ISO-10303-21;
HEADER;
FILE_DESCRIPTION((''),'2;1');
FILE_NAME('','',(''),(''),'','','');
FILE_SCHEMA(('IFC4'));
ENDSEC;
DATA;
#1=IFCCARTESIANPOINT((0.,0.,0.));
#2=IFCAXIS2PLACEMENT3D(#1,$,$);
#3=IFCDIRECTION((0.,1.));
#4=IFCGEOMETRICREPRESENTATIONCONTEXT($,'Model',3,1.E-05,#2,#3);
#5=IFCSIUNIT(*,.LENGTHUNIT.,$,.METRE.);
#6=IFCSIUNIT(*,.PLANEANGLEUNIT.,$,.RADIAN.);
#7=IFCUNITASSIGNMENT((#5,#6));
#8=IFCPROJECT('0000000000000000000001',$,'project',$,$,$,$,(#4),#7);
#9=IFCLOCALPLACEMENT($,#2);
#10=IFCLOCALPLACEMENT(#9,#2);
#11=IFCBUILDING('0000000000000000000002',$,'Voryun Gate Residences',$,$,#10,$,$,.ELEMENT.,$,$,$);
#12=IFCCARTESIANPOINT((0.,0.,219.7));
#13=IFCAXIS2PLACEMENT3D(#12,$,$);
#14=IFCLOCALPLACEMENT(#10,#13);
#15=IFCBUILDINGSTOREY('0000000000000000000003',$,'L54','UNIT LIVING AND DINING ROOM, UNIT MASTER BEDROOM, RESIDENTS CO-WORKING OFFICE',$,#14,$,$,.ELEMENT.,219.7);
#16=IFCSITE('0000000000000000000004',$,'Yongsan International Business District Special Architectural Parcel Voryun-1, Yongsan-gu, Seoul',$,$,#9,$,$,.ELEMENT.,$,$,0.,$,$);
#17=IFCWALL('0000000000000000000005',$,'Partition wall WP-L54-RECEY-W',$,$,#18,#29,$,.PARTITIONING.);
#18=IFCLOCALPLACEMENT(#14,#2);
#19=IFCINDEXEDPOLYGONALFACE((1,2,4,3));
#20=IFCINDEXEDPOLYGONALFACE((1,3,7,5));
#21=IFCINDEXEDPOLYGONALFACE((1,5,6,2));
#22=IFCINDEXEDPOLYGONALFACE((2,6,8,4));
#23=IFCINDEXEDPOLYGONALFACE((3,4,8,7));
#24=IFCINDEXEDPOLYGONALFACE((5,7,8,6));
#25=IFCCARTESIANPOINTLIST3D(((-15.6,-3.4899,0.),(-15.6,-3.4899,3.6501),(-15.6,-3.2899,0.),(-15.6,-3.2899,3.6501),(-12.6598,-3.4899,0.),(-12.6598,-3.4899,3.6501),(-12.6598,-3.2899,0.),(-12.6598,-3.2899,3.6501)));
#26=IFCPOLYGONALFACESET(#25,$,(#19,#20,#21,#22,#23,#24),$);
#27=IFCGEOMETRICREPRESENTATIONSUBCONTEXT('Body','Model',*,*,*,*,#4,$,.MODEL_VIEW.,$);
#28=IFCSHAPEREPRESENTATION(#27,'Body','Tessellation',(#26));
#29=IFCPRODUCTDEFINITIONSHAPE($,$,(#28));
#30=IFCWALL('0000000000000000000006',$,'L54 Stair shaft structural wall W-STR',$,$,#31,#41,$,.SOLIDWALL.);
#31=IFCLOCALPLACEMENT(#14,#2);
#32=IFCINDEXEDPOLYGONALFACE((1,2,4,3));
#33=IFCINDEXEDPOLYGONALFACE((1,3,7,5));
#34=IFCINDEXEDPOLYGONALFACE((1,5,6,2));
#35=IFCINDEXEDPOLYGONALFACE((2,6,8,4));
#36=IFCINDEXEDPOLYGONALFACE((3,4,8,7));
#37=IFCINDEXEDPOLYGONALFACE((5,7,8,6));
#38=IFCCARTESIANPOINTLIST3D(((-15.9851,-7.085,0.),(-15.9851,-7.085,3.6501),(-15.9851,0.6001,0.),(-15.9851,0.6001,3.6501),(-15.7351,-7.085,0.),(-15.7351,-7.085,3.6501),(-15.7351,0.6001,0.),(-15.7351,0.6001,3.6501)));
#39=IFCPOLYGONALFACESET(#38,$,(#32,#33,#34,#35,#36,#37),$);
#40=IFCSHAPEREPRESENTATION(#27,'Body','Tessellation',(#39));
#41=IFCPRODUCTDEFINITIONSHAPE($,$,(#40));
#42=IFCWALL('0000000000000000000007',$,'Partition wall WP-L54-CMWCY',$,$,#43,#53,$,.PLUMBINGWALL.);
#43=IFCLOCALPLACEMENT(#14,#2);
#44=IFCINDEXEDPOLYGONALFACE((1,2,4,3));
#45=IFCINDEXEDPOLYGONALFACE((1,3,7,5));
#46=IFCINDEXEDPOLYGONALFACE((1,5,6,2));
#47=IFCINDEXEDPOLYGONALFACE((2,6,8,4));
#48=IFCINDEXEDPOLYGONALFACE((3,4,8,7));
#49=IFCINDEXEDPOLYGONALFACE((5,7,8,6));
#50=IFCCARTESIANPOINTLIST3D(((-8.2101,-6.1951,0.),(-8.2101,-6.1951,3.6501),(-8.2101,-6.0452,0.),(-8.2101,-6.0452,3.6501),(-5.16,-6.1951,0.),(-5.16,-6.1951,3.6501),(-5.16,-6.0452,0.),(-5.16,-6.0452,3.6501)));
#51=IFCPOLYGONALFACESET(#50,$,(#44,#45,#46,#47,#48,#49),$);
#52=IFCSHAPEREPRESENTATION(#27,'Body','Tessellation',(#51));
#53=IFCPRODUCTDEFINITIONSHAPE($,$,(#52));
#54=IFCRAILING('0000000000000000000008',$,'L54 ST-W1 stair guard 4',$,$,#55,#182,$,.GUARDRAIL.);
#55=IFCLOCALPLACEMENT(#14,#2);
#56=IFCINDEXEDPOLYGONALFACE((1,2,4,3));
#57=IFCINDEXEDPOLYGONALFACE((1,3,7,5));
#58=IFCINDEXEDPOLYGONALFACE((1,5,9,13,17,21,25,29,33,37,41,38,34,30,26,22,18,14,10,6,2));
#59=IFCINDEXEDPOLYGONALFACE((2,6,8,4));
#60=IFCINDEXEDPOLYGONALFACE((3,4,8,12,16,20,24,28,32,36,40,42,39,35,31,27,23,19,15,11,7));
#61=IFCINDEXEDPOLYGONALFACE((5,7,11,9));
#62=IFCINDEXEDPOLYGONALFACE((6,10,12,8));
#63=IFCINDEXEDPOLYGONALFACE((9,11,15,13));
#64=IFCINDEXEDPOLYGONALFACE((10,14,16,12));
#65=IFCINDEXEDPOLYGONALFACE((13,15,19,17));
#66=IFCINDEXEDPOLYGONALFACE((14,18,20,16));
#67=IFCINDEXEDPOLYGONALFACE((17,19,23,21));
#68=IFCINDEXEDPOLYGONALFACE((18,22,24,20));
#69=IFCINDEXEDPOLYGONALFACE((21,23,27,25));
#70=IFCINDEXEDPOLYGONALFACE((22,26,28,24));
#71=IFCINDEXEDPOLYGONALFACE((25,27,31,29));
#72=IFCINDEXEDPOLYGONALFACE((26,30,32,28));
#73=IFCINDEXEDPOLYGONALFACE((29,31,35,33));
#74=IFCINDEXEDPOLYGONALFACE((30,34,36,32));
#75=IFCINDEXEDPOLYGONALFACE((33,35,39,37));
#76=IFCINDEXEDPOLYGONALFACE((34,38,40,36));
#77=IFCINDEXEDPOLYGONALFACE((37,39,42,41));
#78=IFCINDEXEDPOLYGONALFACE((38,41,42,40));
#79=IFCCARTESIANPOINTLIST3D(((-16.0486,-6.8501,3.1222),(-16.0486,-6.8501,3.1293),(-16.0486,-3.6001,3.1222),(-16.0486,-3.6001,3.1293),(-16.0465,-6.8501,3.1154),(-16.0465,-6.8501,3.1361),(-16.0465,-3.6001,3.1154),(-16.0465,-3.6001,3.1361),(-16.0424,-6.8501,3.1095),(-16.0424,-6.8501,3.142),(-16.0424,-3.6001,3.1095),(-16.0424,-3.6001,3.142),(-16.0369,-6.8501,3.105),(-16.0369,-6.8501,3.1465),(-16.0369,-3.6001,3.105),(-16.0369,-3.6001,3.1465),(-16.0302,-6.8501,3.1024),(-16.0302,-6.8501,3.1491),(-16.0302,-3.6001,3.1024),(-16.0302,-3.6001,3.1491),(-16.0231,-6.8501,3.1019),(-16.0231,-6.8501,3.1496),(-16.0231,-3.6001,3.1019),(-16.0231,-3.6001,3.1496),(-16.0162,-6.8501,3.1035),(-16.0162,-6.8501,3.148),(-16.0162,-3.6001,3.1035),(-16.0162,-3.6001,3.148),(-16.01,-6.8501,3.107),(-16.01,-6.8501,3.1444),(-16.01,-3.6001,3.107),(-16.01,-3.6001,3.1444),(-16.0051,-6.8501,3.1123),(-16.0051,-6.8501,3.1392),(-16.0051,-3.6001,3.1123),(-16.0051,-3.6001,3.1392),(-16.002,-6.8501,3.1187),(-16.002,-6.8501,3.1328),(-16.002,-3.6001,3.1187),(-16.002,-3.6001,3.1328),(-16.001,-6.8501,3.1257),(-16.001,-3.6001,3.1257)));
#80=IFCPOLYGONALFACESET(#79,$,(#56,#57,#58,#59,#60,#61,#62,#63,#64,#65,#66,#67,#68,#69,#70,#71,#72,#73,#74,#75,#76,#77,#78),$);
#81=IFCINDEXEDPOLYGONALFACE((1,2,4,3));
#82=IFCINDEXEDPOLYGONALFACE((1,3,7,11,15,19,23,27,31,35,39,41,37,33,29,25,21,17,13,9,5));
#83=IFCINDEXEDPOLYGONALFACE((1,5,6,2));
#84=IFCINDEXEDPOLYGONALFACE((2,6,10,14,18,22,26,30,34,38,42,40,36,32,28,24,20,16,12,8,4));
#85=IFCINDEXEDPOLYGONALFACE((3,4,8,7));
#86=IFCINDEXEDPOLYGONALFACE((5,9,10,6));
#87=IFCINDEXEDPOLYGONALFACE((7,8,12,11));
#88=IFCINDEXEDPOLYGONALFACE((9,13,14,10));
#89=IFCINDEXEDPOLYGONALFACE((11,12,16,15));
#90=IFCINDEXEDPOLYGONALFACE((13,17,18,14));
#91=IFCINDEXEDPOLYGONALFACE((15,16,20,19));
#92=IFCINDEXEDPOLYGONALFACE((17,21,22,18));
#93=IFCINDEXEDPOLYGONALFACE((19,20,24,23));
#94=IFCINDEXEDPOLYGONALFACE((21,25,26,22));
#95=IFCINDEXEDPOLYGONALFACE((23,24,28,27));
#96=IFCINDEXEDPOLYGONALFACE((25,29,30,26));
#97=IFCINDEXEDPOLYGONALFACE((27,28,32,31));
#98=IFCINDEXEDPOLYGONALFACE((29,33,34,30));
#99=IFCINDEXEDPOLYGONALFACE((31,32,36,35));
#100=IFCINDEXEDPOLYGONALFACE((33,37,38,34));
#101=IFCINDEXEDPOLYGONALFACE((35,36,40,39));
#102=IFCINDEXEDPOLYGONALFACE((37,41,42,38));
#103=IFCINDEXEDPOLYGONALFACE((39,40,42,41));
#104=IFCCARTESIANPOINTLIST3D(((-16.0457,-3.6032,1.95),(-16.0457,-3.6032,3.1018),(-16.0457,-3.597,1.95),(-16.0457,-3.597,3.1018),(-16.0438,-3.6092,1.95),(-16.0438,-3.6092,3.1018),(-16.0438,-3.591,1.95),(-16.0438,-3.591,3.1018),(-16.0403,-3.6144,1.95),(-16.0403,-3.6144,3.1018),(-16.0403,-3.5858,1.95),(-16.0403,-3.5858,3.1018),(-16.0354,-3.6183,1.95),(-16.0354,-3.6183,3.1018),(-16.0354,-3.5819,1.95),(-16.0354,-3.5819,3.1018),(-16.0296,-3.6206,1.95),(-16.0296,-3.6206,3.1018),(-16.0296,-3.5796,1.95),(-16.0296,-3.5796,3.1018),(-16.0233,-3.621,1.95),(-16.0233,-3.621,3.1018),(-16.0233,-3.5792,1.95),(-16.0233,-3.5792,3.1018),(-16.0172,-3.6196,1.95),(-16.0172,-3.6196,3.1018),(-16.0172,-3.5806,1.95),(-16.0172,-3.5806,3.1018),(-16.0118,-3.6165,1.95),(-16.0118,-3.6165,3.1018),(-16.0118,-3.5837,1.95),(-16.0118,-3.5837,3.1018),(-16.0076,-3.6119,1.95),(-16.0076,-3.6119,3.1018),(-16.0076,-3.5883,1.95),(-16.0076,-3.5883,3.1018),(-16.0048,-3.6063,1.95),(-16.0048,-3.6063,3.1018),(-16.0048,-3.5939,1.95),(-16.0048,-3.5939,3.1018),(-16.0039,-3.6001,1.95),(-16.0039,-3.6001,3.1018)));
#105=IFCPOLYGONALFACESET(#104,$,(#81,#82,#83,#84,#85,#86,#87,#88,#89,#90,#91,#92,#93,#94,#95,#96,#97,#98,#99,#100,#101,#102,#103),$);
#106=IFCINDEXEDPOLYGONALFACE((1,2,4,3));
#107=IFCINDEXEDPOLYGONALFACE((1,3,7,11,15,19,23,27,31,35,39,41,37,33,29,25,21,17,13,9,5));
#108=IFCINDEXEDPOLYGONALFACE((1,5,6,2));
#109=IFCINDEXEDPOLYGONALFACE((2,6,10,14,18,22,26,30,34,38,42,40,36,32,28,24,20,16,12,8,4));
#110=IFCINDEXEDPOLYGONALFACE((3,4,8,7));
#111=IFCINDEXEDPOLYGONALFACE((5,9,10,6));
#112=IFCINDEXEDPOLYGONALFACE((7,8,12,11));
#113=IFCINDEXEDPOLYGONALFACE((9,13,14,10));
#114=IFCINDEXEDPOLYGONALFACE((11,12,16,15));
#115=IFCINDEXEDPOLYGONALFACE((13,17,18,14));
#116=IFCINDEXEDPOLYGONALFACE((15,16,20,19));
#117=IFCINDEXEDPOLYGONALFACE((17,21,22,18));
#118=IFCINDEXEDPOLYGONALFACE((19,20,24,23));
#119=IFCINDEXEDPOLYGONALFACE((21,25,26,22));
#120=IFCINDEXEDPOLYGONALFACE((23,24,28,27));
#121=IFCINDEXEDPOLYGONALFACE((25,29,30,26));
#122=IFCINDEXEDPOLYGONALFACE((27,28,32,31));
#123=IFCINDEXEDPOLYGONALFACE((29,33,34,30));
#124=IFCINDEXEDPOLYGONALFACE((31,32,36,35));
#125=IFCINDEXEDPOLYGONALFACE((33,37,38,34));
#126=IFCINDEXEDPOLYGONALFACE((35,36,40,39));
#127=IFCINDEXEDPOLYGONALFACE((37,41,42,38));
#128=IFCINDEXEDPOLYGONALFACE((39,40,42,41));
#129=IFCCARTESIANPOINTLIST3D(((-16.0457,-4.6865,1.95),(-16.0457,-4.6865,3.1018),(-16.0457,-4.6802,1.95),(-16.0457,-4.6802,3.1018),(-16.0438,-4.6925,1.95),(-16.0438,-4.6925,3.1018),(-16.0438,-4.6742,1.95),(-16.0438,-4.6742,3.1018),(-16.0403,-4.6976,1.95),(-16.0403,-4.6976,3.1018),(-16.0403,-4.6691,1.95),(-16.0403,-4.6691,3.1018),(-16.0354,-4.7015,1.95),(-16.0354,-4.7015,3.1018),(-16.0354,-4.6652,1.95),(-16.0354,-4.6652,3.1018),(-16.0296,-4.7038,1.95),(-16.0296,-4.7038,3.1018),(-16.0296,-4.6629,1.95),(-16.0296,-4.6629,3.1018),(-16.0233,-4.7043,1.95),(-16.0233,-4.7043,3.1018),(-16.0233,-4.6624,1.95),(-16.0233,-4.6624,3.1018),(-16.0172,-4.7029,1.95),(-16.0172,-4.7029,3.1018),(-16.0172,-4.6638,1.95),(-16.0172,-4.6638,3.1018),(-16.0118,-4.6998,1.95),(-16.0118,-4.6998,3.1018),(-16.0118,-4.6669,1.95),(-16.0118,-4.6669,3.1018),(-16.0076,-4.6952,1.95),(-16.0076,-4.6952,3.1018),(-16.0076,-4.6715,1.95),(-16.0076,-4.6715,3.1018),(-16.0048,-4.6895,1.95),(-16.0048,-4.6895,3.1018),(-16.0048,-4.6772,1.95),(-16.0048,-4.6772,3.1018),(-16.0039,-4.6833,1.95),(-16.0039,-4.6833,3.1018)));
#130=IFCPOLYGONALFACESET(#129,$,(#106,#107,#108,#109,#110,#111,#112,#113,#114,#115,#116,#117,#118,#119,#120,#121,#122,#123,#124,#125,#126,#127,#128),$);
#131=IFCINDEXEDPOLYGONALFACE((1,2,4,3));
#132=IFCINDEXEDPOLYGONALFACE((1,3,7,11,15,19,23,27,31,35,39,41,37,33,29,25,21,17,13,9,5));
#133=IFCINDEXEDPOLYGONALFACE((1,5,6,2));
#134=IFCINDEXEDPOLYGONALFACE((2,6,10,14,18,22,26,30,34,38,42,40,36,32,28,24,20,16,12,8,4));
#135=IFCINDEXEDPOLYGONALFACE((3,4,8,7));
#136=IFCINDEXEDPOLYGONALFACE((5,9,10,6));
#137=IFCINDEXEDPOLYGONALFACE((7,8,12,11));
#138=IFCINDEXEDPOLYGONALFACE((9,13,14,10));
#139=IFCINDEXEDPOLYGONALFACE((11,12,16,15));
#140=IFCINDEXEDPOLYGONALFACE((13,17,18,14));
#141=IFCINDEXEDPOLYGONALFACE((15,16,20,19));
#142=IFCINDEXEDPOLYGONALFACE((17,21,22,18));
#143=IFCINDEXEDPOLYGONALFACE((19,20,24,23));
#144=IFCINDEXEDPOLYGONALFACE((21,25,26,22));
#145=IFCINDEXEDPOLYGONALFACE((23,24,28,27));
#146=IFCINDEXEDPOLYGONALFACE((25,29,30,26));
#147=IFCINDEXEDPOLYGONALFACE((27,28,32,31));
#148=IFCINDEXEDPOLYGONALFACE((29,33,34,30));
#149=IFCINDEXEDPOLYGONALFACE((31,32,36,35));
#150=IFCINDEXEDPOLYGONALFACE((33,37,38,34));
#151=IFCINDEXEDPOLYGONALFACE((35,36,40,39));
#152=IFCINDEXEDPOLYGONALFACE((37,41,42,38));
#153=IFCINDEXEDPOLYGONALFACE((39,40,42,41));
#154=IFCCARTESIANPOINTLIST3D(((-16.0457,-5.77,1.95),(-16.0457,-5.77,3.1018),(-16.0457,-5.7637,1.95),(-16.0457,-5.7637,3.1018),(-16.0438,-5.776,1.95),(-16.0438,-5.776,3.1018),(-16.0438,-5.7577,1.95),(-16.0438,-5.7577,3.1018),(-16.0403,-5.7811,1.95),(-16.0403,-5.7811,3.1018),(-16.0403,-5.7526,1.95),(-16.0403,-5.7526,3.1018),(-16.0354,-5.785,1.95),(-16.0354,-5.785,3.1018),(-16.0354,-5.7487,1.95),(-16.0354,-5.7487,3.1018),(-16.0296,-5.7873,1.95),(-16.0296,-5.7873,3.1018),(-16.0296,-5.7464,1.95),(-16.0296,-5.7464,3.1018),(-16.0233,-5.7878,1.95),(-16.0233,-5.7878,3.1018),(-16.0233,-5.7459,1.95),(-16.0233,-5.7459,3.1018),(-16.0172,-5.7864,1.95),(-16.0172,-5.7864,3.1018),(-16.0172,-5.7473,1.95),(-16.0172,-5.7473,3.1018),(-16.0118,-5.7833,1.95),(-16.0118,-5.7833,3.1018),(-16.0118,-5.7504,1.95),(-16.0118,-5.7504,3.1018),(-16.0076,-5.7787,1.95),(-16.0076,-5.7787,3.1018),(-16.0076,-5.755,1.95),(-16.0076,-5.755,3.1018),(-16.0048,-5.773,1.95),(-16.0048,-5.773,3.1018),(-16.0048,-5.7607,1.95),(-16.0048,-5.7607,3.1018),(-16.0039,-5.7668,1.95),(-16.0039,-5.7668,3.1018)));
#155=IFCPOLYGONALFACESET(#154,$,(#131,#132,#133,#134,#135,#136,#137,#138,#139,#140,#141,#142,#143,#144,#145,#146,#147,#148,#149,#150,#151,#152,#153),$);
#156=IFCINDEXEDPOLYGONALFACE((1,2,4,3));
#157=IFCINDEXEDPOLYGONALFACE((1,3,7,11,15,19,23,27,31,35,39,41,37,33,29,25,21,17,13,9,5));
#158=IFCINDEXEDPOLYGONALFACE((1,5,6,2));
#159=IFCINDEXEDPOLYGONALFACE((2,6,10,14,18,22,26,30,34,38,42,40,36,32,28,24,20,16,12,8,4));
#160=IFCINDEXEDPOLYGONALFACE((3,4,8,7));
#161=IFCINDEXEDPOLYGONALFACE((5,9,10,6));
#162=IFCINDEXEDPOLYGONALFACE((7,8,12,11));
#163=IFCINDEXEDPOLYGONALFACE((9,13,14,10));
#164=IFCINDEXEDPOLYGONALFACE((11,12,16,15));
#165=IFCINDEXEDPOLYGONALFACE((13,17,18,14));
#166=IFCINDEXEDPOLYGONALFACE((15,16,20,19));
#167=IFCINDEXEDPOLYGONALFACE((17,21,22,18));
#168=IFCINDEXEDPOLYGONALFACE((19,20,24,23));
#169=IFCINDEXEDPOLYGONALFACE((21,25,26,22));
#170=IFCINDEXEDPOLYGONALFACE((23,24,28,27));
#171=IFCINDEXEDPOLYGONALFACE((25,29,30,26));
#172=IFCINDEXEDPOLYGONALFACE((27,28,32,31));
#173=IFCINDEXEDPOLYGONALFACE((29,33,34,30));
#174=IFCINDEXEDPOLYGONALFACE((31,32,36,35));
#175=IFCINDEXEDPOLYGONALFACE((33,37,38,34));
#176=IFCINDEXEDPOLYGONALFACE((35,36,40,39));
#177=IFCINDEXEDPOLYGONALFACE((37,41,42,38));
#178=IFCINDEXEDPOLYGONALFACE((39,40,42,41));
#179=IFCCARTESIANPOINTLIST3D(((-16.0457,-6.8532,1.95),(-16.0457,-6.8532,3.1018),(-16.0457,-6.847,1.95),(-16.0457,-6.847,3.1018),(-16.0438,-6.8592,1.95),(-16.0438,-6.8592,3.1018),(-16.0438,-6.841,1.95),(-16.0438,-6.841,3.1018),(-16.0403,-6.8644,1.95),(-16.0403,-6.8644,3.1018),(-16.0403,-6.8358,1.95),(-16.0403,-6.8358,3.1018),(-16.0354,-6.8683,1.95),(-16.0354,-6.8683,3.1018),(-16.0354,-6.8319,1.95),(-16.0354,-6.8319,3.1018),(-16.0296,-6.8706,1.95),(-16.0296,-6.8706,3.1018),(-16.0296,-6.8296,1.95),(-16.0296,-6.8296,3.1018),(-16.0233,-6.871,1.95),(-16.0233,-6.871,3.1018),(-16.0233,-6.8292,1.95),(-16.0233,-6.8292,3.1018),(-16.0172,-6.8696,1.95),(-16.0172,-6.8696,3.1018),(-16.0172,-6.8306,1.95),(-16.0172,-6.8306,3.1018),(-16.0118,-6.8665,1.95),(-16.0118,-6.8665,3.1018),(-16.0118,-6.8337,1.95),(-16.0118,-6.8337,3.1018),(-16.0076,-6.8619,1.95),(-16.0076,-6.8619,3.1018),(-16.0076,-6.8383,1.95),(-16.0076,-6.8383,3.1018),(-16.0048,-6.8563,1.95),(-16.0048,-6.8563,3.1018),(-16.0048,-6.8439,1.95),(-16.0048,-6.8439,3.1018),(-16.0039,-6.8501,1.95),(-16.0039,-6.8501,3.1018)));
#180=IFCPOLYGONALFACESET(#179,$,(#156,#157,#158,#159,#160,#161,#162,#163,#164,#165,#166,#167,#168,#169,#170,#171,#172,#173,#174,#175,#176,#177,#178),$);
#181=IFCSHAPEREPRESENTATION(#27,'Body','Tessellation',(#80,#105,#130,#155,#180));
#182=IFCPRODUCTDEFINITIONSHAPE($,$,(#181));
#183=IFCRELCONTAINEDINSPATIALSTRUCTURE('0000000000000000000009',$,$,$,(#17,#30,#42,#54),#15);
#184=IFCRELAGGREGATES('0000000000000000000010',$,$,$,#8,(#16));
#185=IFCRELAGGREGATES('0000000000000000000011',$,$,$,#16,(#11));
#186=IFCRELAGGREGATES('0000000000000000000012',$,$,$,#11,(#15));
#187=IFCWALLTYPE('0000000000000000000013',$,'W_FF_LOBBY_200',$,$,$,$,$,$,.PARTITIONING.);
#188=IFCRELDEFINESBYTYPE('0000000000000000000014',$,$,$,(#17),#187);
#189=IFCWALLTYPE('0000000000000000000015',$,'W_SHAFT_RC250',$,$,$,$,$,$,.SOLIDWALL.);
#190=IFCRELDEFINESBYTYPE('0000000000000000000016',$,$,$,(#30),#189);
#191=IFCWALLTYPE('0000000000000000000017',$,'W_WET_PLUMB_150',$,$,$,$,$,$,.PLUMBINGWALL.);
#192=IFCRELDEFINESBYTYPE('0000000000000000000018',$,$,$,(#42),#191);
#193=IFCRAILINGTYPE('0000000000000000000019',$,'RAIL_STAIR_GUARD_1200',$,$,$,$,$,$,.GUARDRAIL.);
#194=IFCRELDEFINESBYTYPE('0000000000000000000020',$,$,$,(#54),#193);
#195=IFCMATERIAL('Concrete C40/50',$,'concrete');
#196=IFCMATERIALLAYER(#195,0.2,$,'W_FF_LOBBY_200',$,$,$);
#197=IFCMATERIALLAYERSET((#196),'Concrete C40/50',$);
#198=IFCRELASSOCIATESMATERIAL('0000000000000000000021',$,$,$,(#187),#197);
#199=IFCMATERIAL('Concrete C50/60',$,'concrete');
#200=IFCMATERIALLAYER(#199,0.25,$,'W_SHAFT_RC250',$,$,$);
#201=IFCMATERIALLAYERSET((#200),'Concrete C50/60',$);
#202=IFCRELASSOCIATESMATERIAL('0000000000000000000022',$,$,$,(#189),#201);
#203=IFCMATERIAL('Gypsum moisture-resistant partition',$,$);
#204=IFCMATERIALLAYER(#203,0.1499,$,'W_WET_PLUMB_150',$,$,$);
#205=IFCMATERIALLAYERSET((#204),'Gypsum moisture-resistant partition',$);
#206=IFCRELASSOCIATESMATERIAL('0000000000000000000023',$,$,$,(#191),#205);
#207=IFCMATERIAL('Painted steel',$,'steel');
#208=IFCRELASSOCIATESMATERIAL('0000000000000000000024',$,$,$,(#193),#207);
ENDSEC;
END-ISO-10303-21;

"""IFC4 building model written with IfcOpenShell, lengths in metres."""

from ifc_helpers import new_model, si_unit, direction, frame, frame_2d, origin, origin_2d, place, context, subcontext, project, spatial, rectangle, circle, extrude, material, layer, layer_set, type_object, element, save


model = new_model("IFC4")

# Units and contexts
model_context = context("Model", 3, precision=1e-05, world=origin(), true_north=direction((0.0, 1.0)))
body_context = subcontext(model_context, "Body", "Model", "MODEL_VIEW")
ifc_project = project(units=[si_unit("LENGTHUNIT", "METRE"), si_unit("PLANEANGLEUNIT", "RADIAN")], contexts=[model_context])

# Site, building, storey
site_placement = place(None, origin())
site = spatial("IfcSite", under=ifc_project, at=site_placement, Name="Yongsan International Business District Special Architectural Parcel Voryun-1, Yongsan-gu, Seoul", CompositionType="ELEMENT", RefElevation=0.0)
building_placement = place(site_placement, origin())
building = spatial("IfcBuilding", under=site, at=building_placement, Name="Voryun Gate Residences", CompositionType="ELEMENT")
storey_placement = place(building_placement, frame((0.0, 0.0, 219.7)))
storey = spatial("IfcBuildingStorey", under=building, at=storey_placement, Name="L54", Description="UNIT LIVING AND DINING ROOM, UNIT MASTER BEDROOM, RESIDENTS CO-WORKING OFFICE", CompositionType="ELEMENT", Elevation=219.7)

# Walls
ifc_material_1 = material(Name="Concrete C40/50", Category="concrete")
ifc_layer_1 = layer(ifc_material_1, 0.2, Name="W_FF_LOBBY_200")
ifc_layer_set_1 = layer_set([ifc_layer_1], Name="Concrete C40/50")
wall_type_1 = type_object("IfcWallType", Name="W_FF_LOBBY_200", PredefinedType="PARTITIONING", material=ifc_layer_set_1)
wall_1_placement = place(storey_placement, frame((-15.6001, -3.3899, 0.0), z_axis=(0.0, 0.0, 1.0), x_axis=(1.0, 0.0, 0.0)))
element("IfcWall", 1, at=wall_1_placement, inside=storey, type_object=wall_type_1, Name="Partition wall WP-L54-RECEY-W", PredefinedType="PARTITIONING", context=body_context, shape_type="SweptSolid", body=[
    extrude(rectangle(XDim=2.9402, YDim=0.2, at=frame_2d((1.4702, 0.0))), origin(), (0.0, 0.0, 1.0), 3.6501),
])
ifc_material_2 = material(Name="Concrete C50/60", Category="concrete")
ifc_layer_2 = layer(ifc_material_2, 0.25, Name="W_SHAFT_RC250")
ifc_layer_set_2 = layer_set([ifc_layer_2], Name="Concrete C50/60")
wall_type_2 = type_object("IfcWallType", Name="W_SHAFT_RC250", PredefinedType="SOLIDWALL", material=ifc_layer_set_2)
wall_2_placement = place(storey_placement, frame((-15.8601, -7.085, 0.0), z_axis=(0.0, 0.0, 1.0), x_axis=(0.0, 1.0, 0.0)))
element("IfcWall", 2, at=wall_2_placement, inside=storey, type_object=wall_type_2, Name="L54 Stair shaft structural wall W-STR", PredefinedType="SOLIDWALL", context=body_context, shape_type="SweptSolid", body=[
    extrude(rectangle(XDim=7.6851, YDim=0.25, at=frame_2d((3.8425, 0.0))), origin(), (0.0, 0.0, 1.0), 3.6501),
])
ifc_material_3 = material(Name="Gypsum moisture-resistant partition")
ifc_layer_3 = layer(ifc_material_3, 0.1499, Name="W_WET_PLUMB_150")
ifc_layer_set_3 = layer_set([ifc_layer_3], Name="Gypsum moisture-resistant partition")
wall_type_3 = type_object("IfcWallType", Name="W_WET_PLUMB_150", PredefinedType="PLUMBINGWALL", material=ifc_layer_set_3)
wall_3_placement = place(storey_placement, frame((-8.21, -6.1201, 0.0), z_axis=(0.0, 0.0, 1.0), x_axis=(1.0, 0.0, 0.0)))
element("IfcWall", 3, at=wall_3_placement, inside=storey, type_object=wall_type_3, Name="Partition wall WP-L54-CMWCY", PredefinedType="PLUMBINGWALL", context=body_context, shape_type="SweptSolid", body=[
    extrude(rectangle(XDim=3.05, YDim=0.1499, at=frame_2d((1.5249, 0.0))), origin(), (0.0, 0.0, 1.0), 3.6501),
])

# Railing
ifc_material_4 = material(Name="Painted steel", Category="steel")
railing_type_1 = type_object("IfcRailingType", Name="RAIL_STAIR_GUARD_1200", PredefinedType="GUARDRAIL", material=ifc_material_4)
railing_1_placement = place(storey_placement, frame((-16.0249, -3.6001, 1.95)))
element("IfcRailing", 4, at=railing_1_placement, inside=storey, type_object=railing_type_1, Name="L54 ST-W1 stair guard 4", PredefinedType="GUARDRAIL", context=body_context, shape_type="SweptSolid", body=[
    extrude(circle(Radius=0.0239, at=origin_2d()), frame((0.0, 0.0, 1.1758), z_axis=(0.0, -1.0, 0.0), x_axis=(1.0, 0.0, 0.0)), (0.0, 0.0, 1.0), 3.25),
    extrude(circle(Radius=0.021, at=origin_2d()), origin(), (0.0, 0.0, 1.0), 1.1519),
    extrude(circle(Radius=0.021, at=origin_2d()), frame((0.0, -1.0833, 0.0)), (0.0, 0.0, 1.0), 1.1519),
    extrude(circle(Radius=0.021, at=origin_2d()), frame((0.0, -2.1667, 0.0)), (0.0, 0.0, 1.0), 1.1519),
    extrude(circle(Radius=0.021, at=origin_2d()), frame((0.0, -3.25, 0.0)), (0.0, 0.0, 1.0), 1.1519),
])

save(model, "model.ifc")
